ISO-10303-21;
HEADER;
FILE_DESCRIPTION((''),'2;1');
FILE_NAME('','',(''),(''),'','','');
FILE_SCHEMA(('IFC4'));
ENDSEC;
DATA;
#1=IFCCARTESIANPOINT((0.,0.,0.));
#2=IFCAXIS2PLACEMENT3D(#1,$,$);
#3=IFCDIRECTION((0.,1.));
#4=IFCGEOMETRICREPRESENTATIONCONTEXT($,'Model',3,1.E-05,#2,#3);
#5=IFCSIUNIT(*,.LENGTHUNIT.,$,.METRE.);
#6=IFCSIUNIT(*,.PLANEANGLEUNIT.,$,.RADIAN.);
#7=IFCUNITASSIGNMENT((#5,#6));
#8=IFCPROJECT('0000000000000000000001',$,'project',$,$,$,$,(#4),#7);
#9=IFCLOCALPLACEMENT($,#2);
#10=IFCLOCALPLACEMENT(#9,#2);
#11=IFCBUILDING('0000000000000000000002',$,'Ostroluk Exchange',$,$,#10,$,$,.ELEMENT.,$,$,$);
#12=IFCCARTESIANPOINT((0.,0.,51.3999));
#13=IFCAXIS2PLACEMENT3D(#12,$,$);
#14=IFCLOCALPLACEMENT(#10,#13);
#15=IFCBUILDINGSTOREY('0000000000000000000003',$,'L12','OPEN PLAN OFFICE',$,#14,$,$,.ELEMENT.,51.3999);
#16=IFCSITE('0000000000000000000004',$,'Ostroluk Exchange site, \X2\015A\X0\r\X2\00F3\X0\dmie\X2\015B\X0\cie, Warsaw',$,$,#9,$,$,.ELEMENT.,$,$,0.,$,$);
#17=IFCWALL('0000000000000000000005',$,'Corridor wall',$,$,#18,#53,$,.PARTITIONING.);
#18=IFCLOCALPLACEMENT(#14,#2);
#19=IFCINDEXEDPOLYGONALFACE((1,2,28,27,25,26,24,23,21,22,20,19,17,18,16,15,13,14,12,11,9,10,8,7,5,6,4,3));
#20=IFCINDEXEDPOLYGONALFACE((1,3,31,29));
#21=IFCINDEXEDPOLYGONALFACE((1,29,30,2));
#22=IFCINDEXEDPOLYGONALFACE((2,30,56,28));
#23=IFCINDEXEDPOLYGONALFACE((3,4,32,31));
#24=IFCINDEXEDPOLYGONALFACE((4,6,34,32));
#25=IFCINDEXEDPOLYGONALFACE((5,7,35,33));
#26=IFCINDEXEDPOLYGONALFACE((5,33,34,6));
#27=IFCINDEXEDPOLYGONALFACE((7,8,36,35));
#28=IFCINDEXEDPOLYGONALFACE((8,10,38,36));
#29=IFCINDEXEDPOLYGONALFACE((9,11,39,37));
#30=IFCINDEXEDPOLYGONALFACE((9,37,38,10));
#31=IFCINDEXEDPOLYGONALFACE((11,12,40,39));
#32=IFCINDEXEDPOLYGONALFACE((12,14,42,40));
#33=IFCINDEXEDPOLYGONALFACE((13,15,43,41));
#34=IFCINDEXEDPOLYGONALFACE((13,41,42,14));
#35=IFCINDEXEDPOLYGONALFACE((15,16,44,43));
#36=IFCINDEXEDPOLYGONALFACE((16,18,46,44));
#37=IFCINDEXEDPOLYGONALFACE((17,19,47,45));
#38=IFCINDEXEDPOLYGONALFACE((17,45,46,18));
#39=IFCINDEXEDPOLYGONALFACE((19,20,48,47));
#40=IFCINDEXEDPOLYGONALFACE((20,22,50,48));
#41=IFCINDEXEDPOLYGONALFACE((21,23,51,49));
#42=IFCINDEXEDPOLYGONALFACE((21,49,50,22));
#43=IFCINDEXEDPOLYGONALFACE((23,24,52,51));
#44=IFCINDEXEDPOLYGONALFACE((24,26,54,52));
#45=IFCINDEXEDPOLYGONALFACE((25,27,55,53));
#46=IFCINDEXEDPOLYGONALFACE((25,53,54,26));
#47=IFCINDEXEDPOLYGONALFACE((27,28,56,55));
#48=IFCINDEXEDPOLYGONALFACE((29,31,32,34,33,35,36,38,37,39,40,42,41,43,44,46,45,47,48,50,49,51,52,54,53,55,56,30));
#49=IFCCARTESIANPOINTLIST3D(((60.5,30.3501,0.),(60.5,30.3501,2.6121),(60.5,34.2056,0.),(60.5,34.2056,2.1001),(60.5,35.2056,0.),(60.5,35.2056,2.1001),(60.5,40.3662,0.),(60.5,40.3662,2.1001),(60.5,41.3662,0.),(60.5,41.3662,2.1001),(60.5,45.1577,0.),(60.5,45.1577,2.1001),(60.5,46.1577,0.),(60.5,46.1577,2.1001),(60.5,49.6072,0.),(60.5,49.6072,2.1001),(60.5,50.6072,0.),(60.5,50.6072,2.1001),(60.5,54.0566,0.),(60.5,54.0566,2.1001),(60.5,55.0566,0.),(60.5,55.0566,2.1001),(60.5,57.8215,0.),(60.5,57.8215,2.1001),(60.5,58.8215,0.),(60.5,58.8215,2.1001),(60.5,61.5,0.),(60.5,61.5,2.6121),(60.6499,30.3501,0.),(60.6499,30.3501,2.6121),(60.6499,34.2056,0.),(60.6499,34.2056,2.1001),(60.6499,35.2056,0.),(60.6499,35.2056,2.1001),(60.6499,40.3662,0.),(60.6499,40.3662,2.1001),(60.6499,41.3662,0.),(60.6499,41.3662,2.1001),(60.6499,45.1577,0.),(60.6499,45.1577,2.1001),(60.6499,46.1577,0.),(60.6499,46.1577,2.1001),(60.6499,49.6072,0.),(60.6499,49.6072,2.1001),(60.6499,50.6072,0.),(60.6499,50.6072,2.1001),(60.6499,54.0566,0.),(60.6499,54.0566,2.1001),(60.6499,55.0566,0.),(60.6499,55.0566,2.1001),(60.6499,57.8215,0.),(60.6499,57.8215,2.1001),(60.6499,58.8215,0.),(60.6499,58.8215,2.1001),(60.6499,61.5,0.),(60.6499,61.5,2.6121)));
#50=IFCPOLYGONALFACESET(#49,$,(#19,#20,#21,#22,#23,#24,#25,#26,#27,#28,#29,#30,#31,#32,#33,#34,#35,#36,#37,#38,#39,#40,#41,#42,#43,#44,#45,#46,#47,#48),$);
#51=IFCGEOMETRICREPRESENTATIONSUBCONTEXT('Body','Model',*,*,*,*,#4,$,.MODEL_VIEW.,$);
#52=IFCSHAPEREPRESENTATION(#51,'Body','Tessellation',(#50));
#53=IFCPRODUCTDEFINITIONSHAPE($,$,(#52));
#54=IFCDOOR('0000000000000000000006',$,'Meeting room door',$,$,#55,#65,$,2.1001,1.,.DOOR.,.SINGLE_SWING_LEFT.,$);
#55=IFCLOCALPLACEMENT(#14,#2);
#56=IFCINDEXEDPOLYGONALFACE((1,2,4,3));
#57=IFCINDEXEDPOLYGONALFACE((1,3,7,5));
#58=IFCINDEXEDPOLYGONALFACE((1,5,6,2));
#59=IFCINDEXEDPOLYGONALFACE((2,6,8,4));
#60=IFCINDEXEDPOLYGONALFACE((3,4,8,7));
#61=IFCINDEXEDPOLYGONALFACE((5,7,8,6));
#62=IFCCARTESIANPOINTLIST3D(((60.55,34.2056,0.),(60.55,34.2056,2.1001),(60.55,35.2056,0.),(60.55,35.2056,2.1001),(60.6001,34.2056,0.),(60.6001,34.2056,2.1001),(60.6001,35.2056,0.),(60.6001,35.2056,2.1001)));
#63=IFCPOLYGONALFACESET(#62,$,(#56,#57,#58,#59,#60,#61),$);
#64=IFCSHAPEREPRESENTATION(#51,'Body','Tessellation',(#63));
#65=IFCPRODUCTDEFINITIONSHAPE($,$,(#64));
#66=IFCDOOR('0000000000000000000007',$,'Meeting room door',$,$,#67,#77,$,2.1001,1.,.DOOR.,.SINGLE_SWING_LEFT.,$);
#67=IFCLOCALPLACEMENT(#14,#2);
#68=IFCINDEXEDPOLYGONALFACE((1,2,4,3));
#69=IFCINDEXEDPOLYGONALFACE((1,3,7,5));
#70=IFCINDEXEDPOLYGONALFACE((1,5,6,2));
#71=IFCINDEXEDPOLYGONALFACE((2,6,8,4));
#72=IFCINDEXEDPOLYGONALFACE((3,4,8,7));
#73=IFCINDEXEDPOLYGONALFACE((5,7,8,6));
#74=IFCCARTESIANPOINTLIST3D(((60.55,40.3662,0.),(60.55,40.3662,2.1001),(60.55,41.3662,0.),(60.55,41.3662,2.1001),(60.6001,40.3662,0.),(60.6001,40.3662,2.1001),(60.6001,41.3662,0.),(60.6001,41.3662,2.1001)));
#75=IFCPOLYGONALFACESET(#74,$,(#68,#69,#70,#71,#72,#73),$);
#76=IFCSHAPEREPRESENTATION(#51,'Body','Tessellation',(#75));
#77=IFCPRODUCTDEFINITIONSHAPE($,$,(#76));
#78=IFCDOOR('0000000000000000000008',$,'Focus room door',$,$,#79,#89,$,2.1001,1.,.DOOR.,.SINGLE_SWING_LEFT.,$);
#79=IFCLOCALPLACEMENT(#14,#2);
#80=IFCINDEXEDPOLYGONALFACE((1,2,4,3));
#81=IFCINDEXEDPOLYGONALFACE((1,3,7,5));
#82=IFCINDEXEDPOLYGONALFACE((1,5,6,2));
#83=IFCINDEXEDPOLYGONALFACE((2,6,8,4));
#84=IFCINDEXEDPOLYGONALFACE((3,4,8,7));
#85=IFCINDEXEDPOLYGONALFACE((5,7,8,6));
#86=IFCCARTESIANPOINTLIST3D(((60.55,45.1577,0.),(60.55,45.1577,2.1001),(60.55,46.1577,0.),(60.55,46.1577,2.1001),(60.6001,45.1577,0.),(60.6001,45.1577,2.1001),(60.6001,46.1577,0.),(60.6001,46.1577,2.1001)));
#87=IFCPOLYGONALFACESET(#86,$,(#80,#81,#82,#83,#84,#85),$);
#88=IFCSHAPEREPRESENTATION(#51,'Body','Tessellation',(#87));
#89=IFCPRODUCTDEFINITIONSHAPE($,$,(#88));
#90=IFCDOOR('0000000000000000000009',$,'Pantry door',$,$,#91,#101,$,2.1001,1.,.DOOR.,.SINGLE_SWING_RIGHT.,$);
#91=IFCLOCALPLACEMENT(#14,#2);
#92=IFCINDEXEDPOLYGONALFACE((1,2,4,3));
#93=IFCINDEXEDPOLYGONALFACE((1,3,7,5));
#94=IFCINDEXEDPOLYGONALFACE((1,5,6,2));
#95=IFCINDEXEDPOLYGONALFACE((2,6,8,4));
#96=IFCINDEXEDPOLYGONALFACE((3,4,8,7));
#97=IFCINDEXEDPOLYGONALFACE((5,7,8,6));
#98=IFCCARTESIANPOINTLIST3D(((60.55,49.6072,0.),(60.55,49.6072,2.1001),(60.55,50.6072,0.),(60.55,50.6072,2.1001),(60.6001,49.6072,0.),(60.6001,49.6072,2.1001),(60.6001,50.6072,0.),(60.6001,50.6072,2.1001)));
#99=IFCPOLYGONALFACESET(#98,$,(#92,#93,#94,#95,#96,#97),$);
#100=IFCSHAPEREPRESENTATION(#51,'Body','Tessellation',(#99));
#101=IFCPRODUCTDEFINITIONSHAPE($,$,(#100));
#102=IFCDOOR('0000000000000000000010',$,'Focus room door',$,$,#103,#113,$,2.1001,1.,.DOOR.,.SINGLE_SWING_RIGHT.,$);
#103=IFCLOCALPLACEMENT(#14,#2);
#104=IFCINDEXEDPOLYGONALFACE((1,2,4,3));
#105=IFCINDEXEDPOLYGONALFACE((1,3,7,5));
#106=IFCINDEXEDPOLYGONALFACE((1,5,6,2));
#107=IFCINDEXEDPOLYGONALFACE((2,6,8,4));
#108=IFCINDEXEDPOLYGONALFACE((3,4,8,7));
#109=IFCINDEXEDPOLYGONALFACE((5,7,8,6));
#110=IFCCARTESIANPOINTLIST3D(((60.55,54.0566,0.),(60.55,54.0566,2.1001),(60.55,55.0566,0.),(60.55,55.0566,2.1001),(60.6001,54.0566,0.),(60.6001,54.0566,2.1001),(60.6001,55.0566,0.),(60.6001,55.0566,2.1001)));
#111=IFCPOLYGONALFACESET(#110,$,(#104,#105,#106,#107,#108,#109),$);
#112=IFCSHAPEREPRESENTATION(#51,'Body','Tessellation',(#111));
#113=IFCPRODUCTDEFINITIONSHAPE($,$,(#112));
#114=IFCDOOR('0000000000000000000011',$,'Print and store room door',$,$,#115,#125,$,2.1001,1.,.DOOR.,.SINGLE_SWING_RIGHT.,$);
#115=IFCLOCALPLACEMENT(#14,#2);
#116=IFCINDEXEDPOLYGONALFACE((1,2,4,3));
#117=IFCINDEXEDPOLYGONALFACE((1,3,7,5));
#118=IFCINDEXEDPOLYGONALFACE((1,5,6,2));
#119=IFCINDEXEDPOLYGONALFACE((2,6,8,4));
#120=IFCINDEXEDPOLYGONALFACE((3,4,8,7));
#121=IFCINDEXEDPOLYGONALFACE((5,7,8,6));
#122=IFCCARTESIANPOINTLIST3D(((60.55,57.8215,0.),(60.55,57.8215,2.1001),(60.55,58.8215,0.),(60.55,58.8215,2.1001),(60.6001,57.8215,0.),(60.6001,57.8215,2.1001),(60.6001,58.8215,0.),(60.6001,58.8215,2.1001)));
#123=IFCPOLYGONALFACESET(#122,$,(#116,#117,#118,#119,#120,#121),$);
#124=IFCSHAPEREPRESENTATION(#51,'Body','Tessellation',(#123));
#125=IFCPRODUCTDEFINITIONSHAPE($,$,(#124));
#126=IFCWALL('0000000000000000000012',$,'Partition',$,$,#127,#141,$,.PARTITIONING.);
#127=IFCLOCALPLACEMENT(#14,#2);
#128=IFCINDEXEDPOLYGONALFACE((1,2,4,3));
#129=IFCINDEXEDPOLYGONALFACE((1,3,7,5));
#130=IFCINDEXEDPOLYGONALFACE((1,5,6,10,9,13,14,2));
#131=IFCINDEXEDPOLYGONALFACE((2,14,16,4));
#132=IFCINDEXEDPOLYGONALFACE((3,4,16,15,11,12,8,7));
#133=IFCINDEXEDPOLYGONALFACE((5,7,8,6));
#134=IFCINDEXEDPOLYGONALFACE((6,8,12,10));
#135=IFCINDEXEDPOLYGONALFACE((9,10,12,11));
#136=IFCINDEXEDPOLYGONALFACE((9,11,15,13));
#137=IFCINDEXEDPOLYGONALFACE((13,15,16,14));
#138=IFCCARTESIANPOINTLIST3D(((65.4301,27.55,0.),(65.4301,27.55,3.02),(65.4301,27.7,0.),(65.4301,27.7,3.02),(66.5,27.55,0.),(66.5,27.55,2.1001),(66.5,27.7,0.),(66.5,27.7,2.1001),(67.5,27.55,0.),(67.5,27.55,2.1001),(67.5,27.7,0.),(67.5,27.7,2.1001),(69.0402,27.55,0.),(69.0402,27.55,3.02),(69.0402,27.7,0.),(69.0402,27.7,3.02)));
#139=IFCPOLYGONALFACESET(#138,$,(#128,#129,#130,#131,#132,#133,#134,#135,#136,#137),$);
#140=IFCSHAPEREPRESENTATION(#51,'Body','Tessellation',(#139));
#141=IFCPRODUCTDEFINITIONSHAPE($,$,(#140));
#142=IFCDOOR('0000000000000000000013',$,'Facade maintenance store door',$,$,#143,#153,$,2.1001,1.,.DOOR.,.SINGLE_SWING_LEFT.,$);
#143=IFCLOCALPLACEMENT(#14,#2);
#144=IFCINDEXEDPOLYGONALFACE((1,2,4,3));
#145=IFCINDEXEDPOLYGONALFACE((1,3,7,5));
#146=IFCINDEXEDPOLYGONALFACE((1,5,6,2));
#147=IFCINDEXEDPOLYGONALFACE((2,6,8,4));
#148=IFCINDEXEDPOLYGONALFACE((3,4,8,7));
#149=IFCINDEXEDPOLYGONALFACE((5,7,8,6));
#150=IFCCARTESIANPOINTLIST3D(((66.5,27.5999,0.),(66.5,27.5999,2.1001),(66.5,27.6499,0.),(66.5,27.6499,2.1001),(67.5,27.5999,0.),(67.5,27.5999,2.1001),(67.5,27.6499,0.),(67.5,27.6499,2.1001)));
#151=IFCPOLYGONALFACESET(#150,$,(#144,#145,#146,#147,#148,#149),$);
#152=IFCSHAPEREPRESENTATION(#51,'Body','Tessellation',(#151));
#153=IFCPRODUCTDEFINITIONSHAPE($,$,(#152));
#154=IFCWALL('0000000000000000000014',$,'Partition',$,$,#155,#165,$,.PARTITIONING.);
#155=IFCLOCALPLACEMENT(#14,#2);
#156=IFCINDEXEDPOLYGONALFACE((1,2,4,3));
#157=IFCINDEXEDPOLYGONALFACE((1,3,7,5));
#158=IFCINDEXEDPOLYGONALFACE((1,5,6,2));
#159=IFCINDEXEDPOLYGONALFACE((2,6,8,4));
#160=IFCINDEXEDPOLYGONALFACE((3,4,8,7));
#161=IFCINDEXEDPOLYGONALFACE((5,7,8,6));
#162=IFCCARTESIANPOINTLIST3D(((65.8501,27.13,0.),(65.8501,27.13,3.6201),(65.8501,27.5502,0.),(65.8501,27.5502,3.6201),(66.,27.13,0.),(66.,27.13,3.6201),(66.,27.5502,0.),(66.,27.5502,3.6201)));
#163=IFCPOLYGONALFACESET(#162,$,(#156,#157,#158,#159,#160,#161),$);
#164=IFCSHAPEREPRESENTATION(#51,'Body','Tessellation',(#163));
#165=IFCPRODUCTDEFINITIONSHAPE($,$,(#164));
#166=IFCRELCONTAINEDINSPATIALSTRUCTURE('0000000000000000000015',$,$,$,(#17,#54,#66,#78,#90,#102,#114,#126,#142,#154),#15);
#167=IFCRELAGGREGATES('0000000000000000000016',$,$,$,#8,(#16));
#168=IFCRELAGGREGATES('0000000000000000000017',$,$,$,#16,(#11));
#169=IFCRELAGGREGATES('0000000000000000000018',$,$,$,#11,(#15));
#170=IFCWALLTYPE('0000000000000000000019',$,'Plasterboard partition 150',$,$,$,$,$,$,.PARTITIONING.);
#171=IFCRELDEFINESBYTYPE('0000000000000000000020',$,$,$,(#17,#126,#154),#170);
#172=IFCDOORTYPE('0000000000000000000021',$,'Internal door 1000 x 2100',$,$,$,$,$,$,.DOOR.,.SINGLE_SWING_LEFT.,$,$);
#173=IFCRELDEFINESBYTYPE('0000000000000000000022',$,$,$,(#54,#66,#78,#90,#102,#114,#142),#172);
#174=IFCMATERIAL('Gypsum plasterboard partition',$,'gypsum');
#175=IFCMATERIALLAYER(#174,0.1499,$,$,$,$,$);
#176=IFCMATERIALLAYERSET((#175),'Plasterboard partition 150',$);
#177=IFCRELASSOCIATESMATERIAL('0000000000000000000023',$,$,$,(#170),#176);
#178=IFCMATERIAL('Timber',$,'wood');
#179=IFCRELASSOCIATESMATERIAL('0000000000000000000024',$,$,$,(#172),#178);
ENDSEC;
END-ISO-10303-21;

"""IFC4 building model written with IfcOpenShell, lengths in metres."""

from ifc_helpers import new_model, si_unit, direction, frame, frame_2d, origin, place, context, subcontext, project, spatial, rectangle, extrude, material, layer, layer_set, type_object, element, fill, save


model = new_model("IFC4")

# Units and contexts
model_context = context("Model", 3, precision=1e-05, world=origin(), true_north=direction((0.0, 1.0)))
body_context = subcontext(model_context, "Body", "Model", "MODEL_VIEW")
ifc_project = project(units=[si_unit("LENGTHUNIT", "METRE"), si_unit("PLANEANGLEUNIT", "RADIAN")], contexts=[model_context])

# Site, building, storey
site_placement = place(None, origin())
site = spatial("IfcSite", under=ifc_project, at=site_placement, Name="Ostroluk Exchange site, Śródmieście, Warsaw", CompositionType="ELEMENT", RefElevation=0.0)
building_placement = place(site_placement, origin())
building = spatial("IfcBuilding", under=site, at=building_placement, Name="Ostroluk Exchange", CompositionType="ELEMENT")
storey_placement = place(building_placement, frame((0.0, 0.0, 51.3999)))
storey = spatial("IfcBuildingStorey", under=building, at=storey_placement, Name="L12", Description="OPEN PLAN OFFICE", CompositionType="ELEMENT", Elevation=51.3999)

# Shared definitions
ifc_material_1 = material(Name="Gypsum plasterboard partition", Category="gypsum")
ifc_layer_1 = layer(ifc_material_1, 0.1499)
ifc_layer_set_1 = layer_set([ifc_layer_1], Name="Plasterboard partition 150")
wall_type_1 = type_object("IfcWallType", Name="Plasterboard partition 150", PredefinedType="PARTITIONING", material=ifc_layer_set_1)

# Wall, openings, doors
wall_1_placement = place(storey_placement, frame((60.575, 30.3501, 0.0), z_axis=(0.0, 0.0, 1.0), x_axis=(0.0, 1.0, 0.0)))
wall_1 = element("IfcWall", 1, at=wall_1_placement, inside=storey, type_object=wall_type_1, Name="Corridor wall", PredefinedType="PARTITIONING", context=body_context, shape_type="SweptSolid", body=[
    extrude(rectangle(XDim=31.1499, YDim=0.1499, at=frame_2d((15.575, 0.0))), origin(), (0.0, 0.0, 1.0), 2.6121),
])
opening_1_placement = place(wall_1_placement, frame((3.8555, 0.0, 0.0)))
opening_1 = element("IfcOpeningElement", 2, at=opening_1_placement, cuts=wall_1, PredefinedType="OPENING", context=body_context, shape_type="SweptSolid", body=[
    extrude(rectangle(XDim=1.0, YDim=2.1001, at=frame_2d((0.5, 1.05))), frame((0.0, 0.085, 0.0), z_axis=(0.0, -1.0, 0.0), x_axis=(1.0, 0.0, 0.0)), (0.0, 0.0, 1.0), 0.1699),
])
opening_2_placement = place(wall_1_placement, frame((10.0161, 0.0, 0.0)))
opening_2 = element("IfcOpeningElement", 3, at=opening_2_placement, cuts=wall_1, PredefinedType="OPENING", context=body_context, shape_type="SweptSolid", body=[
    extrude(rectangle(XDim=1.0, YDim=2.1001, at=frame_2d((0.5, 1.05))), frame((0.0, 0.085, 0.0), z_axis=(0.0, -1.0, 0.0), x_axis=(1.0, 0.0, 0.0)), (0.0, 0.0, 1.0), 0.1699),
])
opening_3_placement = place(wall_1_placement, frame((14.8076, 0.0, 0.0)))
opening_3 = element("IfcOpeningElement", 4, at=opening_3_placement, cuts=wall_1, PredefinedType="OPENING", context=body_context, shape_type="SweptSolid", body=[
    extrude(rectangle(XDim=1.0, YDim=2.1001, at=frame_2d((0.5, 1.05))), frame((0.0, 0.085, 0.0), z_axis=(0.0, -1.0, 0.0), x_axis=(1.0, 0.0, 0.0)), (0.0, 0.0, 1.0), 0.1699),
])
opening_4_placement = place(wall_1_placement, frame((19.2571, 0.0, 0.0)))
opening_4 = element("IfcOpeningElement", 5, at=opening_4_placement, cuts=wall_1, PredefinedType="OPENING", context=body_context, shape_type="SweptSolid", body=[
    extrude(rectangle(XDim=1.0, YDim=2.1001, at=frame_2d((0.5, 1.05))), frame((0.0, 0.085, 0.0), z_axis=(0.0, -1.0, 0.0), x_axis=(1.0, 0.0, 0.0)), (0.0, 0.0, 1.0), 0.1699),
])
opening_5_placement = place(wall_1_placement, frame((23.7065, 0.0, 0.0)))
opening_5 = element("IfcOpeningElement", 6, at=opening_5_placement, cuts=wall_1, PredefinedType="OPENING", context=body_context, shape_type="SweptSolid", body=[
    extrude(rectangle(XDim=1.0, YDim=2.1001, at=frame_2d((0.5, 1.05))), frame((0.0, 0.085, 0.0), z_axis=(0.0, -1.0, 0.0), x_axis=(1.0, 0.0, 0.0)), (0.0, 0.0, 1.0), 0.1699),
])
opening_6_placement = place(wall_1_placement, frame((27.4714, 0.0, 0.0)))
opening_6 = element("IfcOpeningElement", 7, at=opening_6_placement, cuts=wall_1, PredefinedType="OPENING", context=body_context, shape_type="SweptSolid", body=[
    extrude(rectangle(XDim=1.0, YDim=2.1001, at=frame_2d((0.5, 1.05))), frame((0.0, 0.085, 0.0), z_axis=(0.0, -1.0, 0.0), x_axis=(1.0, 0.0, 0.0)), (0.0, 0.0, 1.0), 0.1699),
])
ifc_material_2 = material(Name="Timber", Category="wood")
door_type_1 = type_object("IfcDoorType", Name="Internal door 1000 x 2100", OperationType="SINGLE_SWING_LEFT", PredefinedType="DOOR", material=ifc_material_2)
door_1_placement = place(opening_1_placement, origin())
door_1 = element("IfcDoor", 8, at=door_1_placement, inside=storey, type_object=door_type_1, Name="Meeting room door", OperationType="SINGLE_SWING_LEFT", OverallHeight=2.1001, OverallWidth=1.0, PredefinedType="DOOR", context=body_context, shape_type="SweptSolid", body=[
    extrude(rectangle(XDim=1.0, YDim=2.1001, at=frame_2d((0.5, 1.05))), frame((0.0, 0.0249, 0.0), z_axis=(0.0, -1.0, 0.0), x_axis=(1.0, 0.0, 0.0)), (0.0, 0.0, 1.0), 0.05),
])
fill(opening_1, door_1)
door_2_placement = place(opening_2_placement, origin())
door_2 = element("IfcDoor", 9, at=door_2_placement, inside=storey, type_object=door_type_1, Name="Meeting room door", OperationType="SINGLE_SWING_LEFT", OverallHeight=2.1001, OverallWidth=1.0, PredefinedType="DOOR", context=body_context, shape_type="SweptSolid", body=[
    extrude(rectangle(XDim=1.0, YDim=2.1001, at=frame_2d((0.5, 1.05))), frame((0.0, 0.0249, 0.0), z_axis=(0.0, -1.0, 0.0), x_axis=(1.0, 0.0, 0.0)), (0.0, 0.0, 1.0), 0.05),
])
fill(opening_2, door_2)
door_3_placement = place(opening_3_placement, origin())
door_3 = element("IfcDoor", 10, at=door_3_placement, inside=storey, type_object=door_type_1, Name="Focus room door", OperationType="SINGLE_SWING_LEFT", OverallHeight=2.1001, OverallWidth=1.0, PredefinedType="DOOR", context=body_context, shape_type="SweptSolid", body=[
    extrude(rectangle(XDim=1.0, YDim=2.1001, at=frame_2d((0.5, 1.05))), frame((0.0, 0.0249, 0.0), z_axis=(0.0, -1.0, 0.0), x_axis=(1.0, 0.0, 0.0)), (0.0, 0.0, 1.0), 0.05),
])
fill(opening_3, door_3)
door_4_placement = place(opening_4_placement, origin())
door_4 = element("IfcDoor", 11, at=door_4_placement, inside=storey, type_object=door_type_1, Name="Pantry door", OperationType="SINGLE_SWING_RIGHT", OverallHeight=2.1001, OverallWidth=1.0, PredefinedType="DOOR", context=body_context, shape_type="SweptSolid", body=[
    extrude(rectangle(XDim=1.0, YDim=2.1001, at=frame_2d((0.5, 1.05))), frame((0.0, 0.0249, 0.0), z_axis=(0.0, -1.0, 0.0), x_axis=(1.0, 0.0, 0.0)), (0.0, 0.0, 1.0), 0.05),
])
fill(opening_4, door_4)
door_5_placement = place(opening_5_placement, origin())
door_5 = element("IfcDoor", 12, at=door_5_placement, inside=storey, type_object=door_type_1, Name="Focus room door", OperationType="SINGLE_SWING_RIGHT", OverallHeight=2.1001, OverallWidth=1.0, PredefinedType="DOOR", context=body_context, shape_type="SweptSolid", body=[
    extrude(rectangle(XDim=1.0, YDim=2.1001, at=frame_2d((0.5, 1.05))), frame((0.0, 0.0249, 0.0), z_axis=(0.0, -1.0, 0.0), x_axis=(1.0, 0.0, 0.0)), (0.0, 0.0, 1.0), 0.05),
])
fill(opening_5, door_5)
door_6_placement = place(opening_6_placement, origin())
door_6 = element("IfcDoor", 13, at=door_6_placement, inside=storey, type_object=door_type_1, Name="Print and store room door", OperationType="SINGLE_SWING_RIGHT", OverallHeight=2.1001, OverallWidth=1.0, PredefinedType="DOOR", context=body_context, shape_type="SweptSolid", body=[
    extrude(rectangle(XDim=1.0, YDim=2.1001, at=frame_2d((0.5, 1.05))), frame((0.0, 0.0249, 0.0), z_axis=(0.0, -1.0, 0.0), x_axis=(1.0, 0.0, 0.0)), (0.0, 0.0, 1.0), 0.05),
])
fill(opening_6, door_6)

# Wall, opening, door
wall_2_placement = place(storey_placement, frame((65.4299, 27.625, 0.0), z_axis=(0.0, 0.0, 1.0), x_axis=(1.0, 0.0, 0.0)))
wall_2 = element("IfcWall", 14, at=wall_2_placement, inside=storey, type_object=wall_type_1, Name="Partition", PredefinedType="PARTITIONING", context=body_context, shape_type="SweptSolid", body=[
    extrude(rectangle(XDim=3.6101, YDim=0.1499, at=frame_2d((1.8052, 0.0))), origin(), (0.0, 0.0, 1.0), 3.02),
])
opening_7_placement = place(wall_2_placement, frame((1.0701, 0.0, 0.0)))
opening_7 = element("IfcOpeningElement", 15, at=opening_7_placement, cuts=wall_2, PredefinedType="OPENING", context=body_context, shape_type="SweptSolid", body=[
    extrude(rectangle(XDim=1.0, YDim=2.1001, at=frame_2d((0.5, 1.05))), frame((0.0, 0.085, 0.0), z_axis=(0.0, -1.0, 0.0), x_axis=(1.0, 0.0, 0.0)), (0.0, 0.0, 1.0), 0.1699),
])
door_7_placement = place(opening_7_placement, origin())
door_7 = element("IfcDoor", 16, at=door_7_placement, inside=storey, type_object=door_type_1, Name="Facade maintenance store door", OperationType="SINGLE_SWING_LEFT", OverallHeight=2.1001, OverallWidth=1.0, PredefinedType="DOOR", context=body_context, shape_type="SweptSolid", body=[
    extrude(rectangle(XDim=1.0, YDim=2.1001, at=frame_2d((0.5, 1.05))), frame((0.0, 0.0249, 0.0), z_axis=(0.0, -1.0, 0.0), x_axis=(1.0, 0.0, 0.0)), (0.0, 0.0, 1.0), 0.05),
])
fill(opening_7, door_7)

# Wall
wall_3_placement = place(storey_placement, frame((65.925, 27.55, 0.0), z_axis=(0.0, 0.0, 1.0), x_axis=(0.0, -1.0, 0.0)))
element("IfcWall", 17, at=wall_3_placement, inside=storey, type_object=wall_type_1, Name="Partition", PredefinedType="PARTITIONING", context=body_context, shape_type="SweptSolid", body=[
    extrude(rectangle(XDim=0.4202, YDim=0.1499, at=frame_2d((0.21, 0.0))), origin(), (0.0, 0.0, 1.0), 3.6201),
])

save(model, "model.ifc")
